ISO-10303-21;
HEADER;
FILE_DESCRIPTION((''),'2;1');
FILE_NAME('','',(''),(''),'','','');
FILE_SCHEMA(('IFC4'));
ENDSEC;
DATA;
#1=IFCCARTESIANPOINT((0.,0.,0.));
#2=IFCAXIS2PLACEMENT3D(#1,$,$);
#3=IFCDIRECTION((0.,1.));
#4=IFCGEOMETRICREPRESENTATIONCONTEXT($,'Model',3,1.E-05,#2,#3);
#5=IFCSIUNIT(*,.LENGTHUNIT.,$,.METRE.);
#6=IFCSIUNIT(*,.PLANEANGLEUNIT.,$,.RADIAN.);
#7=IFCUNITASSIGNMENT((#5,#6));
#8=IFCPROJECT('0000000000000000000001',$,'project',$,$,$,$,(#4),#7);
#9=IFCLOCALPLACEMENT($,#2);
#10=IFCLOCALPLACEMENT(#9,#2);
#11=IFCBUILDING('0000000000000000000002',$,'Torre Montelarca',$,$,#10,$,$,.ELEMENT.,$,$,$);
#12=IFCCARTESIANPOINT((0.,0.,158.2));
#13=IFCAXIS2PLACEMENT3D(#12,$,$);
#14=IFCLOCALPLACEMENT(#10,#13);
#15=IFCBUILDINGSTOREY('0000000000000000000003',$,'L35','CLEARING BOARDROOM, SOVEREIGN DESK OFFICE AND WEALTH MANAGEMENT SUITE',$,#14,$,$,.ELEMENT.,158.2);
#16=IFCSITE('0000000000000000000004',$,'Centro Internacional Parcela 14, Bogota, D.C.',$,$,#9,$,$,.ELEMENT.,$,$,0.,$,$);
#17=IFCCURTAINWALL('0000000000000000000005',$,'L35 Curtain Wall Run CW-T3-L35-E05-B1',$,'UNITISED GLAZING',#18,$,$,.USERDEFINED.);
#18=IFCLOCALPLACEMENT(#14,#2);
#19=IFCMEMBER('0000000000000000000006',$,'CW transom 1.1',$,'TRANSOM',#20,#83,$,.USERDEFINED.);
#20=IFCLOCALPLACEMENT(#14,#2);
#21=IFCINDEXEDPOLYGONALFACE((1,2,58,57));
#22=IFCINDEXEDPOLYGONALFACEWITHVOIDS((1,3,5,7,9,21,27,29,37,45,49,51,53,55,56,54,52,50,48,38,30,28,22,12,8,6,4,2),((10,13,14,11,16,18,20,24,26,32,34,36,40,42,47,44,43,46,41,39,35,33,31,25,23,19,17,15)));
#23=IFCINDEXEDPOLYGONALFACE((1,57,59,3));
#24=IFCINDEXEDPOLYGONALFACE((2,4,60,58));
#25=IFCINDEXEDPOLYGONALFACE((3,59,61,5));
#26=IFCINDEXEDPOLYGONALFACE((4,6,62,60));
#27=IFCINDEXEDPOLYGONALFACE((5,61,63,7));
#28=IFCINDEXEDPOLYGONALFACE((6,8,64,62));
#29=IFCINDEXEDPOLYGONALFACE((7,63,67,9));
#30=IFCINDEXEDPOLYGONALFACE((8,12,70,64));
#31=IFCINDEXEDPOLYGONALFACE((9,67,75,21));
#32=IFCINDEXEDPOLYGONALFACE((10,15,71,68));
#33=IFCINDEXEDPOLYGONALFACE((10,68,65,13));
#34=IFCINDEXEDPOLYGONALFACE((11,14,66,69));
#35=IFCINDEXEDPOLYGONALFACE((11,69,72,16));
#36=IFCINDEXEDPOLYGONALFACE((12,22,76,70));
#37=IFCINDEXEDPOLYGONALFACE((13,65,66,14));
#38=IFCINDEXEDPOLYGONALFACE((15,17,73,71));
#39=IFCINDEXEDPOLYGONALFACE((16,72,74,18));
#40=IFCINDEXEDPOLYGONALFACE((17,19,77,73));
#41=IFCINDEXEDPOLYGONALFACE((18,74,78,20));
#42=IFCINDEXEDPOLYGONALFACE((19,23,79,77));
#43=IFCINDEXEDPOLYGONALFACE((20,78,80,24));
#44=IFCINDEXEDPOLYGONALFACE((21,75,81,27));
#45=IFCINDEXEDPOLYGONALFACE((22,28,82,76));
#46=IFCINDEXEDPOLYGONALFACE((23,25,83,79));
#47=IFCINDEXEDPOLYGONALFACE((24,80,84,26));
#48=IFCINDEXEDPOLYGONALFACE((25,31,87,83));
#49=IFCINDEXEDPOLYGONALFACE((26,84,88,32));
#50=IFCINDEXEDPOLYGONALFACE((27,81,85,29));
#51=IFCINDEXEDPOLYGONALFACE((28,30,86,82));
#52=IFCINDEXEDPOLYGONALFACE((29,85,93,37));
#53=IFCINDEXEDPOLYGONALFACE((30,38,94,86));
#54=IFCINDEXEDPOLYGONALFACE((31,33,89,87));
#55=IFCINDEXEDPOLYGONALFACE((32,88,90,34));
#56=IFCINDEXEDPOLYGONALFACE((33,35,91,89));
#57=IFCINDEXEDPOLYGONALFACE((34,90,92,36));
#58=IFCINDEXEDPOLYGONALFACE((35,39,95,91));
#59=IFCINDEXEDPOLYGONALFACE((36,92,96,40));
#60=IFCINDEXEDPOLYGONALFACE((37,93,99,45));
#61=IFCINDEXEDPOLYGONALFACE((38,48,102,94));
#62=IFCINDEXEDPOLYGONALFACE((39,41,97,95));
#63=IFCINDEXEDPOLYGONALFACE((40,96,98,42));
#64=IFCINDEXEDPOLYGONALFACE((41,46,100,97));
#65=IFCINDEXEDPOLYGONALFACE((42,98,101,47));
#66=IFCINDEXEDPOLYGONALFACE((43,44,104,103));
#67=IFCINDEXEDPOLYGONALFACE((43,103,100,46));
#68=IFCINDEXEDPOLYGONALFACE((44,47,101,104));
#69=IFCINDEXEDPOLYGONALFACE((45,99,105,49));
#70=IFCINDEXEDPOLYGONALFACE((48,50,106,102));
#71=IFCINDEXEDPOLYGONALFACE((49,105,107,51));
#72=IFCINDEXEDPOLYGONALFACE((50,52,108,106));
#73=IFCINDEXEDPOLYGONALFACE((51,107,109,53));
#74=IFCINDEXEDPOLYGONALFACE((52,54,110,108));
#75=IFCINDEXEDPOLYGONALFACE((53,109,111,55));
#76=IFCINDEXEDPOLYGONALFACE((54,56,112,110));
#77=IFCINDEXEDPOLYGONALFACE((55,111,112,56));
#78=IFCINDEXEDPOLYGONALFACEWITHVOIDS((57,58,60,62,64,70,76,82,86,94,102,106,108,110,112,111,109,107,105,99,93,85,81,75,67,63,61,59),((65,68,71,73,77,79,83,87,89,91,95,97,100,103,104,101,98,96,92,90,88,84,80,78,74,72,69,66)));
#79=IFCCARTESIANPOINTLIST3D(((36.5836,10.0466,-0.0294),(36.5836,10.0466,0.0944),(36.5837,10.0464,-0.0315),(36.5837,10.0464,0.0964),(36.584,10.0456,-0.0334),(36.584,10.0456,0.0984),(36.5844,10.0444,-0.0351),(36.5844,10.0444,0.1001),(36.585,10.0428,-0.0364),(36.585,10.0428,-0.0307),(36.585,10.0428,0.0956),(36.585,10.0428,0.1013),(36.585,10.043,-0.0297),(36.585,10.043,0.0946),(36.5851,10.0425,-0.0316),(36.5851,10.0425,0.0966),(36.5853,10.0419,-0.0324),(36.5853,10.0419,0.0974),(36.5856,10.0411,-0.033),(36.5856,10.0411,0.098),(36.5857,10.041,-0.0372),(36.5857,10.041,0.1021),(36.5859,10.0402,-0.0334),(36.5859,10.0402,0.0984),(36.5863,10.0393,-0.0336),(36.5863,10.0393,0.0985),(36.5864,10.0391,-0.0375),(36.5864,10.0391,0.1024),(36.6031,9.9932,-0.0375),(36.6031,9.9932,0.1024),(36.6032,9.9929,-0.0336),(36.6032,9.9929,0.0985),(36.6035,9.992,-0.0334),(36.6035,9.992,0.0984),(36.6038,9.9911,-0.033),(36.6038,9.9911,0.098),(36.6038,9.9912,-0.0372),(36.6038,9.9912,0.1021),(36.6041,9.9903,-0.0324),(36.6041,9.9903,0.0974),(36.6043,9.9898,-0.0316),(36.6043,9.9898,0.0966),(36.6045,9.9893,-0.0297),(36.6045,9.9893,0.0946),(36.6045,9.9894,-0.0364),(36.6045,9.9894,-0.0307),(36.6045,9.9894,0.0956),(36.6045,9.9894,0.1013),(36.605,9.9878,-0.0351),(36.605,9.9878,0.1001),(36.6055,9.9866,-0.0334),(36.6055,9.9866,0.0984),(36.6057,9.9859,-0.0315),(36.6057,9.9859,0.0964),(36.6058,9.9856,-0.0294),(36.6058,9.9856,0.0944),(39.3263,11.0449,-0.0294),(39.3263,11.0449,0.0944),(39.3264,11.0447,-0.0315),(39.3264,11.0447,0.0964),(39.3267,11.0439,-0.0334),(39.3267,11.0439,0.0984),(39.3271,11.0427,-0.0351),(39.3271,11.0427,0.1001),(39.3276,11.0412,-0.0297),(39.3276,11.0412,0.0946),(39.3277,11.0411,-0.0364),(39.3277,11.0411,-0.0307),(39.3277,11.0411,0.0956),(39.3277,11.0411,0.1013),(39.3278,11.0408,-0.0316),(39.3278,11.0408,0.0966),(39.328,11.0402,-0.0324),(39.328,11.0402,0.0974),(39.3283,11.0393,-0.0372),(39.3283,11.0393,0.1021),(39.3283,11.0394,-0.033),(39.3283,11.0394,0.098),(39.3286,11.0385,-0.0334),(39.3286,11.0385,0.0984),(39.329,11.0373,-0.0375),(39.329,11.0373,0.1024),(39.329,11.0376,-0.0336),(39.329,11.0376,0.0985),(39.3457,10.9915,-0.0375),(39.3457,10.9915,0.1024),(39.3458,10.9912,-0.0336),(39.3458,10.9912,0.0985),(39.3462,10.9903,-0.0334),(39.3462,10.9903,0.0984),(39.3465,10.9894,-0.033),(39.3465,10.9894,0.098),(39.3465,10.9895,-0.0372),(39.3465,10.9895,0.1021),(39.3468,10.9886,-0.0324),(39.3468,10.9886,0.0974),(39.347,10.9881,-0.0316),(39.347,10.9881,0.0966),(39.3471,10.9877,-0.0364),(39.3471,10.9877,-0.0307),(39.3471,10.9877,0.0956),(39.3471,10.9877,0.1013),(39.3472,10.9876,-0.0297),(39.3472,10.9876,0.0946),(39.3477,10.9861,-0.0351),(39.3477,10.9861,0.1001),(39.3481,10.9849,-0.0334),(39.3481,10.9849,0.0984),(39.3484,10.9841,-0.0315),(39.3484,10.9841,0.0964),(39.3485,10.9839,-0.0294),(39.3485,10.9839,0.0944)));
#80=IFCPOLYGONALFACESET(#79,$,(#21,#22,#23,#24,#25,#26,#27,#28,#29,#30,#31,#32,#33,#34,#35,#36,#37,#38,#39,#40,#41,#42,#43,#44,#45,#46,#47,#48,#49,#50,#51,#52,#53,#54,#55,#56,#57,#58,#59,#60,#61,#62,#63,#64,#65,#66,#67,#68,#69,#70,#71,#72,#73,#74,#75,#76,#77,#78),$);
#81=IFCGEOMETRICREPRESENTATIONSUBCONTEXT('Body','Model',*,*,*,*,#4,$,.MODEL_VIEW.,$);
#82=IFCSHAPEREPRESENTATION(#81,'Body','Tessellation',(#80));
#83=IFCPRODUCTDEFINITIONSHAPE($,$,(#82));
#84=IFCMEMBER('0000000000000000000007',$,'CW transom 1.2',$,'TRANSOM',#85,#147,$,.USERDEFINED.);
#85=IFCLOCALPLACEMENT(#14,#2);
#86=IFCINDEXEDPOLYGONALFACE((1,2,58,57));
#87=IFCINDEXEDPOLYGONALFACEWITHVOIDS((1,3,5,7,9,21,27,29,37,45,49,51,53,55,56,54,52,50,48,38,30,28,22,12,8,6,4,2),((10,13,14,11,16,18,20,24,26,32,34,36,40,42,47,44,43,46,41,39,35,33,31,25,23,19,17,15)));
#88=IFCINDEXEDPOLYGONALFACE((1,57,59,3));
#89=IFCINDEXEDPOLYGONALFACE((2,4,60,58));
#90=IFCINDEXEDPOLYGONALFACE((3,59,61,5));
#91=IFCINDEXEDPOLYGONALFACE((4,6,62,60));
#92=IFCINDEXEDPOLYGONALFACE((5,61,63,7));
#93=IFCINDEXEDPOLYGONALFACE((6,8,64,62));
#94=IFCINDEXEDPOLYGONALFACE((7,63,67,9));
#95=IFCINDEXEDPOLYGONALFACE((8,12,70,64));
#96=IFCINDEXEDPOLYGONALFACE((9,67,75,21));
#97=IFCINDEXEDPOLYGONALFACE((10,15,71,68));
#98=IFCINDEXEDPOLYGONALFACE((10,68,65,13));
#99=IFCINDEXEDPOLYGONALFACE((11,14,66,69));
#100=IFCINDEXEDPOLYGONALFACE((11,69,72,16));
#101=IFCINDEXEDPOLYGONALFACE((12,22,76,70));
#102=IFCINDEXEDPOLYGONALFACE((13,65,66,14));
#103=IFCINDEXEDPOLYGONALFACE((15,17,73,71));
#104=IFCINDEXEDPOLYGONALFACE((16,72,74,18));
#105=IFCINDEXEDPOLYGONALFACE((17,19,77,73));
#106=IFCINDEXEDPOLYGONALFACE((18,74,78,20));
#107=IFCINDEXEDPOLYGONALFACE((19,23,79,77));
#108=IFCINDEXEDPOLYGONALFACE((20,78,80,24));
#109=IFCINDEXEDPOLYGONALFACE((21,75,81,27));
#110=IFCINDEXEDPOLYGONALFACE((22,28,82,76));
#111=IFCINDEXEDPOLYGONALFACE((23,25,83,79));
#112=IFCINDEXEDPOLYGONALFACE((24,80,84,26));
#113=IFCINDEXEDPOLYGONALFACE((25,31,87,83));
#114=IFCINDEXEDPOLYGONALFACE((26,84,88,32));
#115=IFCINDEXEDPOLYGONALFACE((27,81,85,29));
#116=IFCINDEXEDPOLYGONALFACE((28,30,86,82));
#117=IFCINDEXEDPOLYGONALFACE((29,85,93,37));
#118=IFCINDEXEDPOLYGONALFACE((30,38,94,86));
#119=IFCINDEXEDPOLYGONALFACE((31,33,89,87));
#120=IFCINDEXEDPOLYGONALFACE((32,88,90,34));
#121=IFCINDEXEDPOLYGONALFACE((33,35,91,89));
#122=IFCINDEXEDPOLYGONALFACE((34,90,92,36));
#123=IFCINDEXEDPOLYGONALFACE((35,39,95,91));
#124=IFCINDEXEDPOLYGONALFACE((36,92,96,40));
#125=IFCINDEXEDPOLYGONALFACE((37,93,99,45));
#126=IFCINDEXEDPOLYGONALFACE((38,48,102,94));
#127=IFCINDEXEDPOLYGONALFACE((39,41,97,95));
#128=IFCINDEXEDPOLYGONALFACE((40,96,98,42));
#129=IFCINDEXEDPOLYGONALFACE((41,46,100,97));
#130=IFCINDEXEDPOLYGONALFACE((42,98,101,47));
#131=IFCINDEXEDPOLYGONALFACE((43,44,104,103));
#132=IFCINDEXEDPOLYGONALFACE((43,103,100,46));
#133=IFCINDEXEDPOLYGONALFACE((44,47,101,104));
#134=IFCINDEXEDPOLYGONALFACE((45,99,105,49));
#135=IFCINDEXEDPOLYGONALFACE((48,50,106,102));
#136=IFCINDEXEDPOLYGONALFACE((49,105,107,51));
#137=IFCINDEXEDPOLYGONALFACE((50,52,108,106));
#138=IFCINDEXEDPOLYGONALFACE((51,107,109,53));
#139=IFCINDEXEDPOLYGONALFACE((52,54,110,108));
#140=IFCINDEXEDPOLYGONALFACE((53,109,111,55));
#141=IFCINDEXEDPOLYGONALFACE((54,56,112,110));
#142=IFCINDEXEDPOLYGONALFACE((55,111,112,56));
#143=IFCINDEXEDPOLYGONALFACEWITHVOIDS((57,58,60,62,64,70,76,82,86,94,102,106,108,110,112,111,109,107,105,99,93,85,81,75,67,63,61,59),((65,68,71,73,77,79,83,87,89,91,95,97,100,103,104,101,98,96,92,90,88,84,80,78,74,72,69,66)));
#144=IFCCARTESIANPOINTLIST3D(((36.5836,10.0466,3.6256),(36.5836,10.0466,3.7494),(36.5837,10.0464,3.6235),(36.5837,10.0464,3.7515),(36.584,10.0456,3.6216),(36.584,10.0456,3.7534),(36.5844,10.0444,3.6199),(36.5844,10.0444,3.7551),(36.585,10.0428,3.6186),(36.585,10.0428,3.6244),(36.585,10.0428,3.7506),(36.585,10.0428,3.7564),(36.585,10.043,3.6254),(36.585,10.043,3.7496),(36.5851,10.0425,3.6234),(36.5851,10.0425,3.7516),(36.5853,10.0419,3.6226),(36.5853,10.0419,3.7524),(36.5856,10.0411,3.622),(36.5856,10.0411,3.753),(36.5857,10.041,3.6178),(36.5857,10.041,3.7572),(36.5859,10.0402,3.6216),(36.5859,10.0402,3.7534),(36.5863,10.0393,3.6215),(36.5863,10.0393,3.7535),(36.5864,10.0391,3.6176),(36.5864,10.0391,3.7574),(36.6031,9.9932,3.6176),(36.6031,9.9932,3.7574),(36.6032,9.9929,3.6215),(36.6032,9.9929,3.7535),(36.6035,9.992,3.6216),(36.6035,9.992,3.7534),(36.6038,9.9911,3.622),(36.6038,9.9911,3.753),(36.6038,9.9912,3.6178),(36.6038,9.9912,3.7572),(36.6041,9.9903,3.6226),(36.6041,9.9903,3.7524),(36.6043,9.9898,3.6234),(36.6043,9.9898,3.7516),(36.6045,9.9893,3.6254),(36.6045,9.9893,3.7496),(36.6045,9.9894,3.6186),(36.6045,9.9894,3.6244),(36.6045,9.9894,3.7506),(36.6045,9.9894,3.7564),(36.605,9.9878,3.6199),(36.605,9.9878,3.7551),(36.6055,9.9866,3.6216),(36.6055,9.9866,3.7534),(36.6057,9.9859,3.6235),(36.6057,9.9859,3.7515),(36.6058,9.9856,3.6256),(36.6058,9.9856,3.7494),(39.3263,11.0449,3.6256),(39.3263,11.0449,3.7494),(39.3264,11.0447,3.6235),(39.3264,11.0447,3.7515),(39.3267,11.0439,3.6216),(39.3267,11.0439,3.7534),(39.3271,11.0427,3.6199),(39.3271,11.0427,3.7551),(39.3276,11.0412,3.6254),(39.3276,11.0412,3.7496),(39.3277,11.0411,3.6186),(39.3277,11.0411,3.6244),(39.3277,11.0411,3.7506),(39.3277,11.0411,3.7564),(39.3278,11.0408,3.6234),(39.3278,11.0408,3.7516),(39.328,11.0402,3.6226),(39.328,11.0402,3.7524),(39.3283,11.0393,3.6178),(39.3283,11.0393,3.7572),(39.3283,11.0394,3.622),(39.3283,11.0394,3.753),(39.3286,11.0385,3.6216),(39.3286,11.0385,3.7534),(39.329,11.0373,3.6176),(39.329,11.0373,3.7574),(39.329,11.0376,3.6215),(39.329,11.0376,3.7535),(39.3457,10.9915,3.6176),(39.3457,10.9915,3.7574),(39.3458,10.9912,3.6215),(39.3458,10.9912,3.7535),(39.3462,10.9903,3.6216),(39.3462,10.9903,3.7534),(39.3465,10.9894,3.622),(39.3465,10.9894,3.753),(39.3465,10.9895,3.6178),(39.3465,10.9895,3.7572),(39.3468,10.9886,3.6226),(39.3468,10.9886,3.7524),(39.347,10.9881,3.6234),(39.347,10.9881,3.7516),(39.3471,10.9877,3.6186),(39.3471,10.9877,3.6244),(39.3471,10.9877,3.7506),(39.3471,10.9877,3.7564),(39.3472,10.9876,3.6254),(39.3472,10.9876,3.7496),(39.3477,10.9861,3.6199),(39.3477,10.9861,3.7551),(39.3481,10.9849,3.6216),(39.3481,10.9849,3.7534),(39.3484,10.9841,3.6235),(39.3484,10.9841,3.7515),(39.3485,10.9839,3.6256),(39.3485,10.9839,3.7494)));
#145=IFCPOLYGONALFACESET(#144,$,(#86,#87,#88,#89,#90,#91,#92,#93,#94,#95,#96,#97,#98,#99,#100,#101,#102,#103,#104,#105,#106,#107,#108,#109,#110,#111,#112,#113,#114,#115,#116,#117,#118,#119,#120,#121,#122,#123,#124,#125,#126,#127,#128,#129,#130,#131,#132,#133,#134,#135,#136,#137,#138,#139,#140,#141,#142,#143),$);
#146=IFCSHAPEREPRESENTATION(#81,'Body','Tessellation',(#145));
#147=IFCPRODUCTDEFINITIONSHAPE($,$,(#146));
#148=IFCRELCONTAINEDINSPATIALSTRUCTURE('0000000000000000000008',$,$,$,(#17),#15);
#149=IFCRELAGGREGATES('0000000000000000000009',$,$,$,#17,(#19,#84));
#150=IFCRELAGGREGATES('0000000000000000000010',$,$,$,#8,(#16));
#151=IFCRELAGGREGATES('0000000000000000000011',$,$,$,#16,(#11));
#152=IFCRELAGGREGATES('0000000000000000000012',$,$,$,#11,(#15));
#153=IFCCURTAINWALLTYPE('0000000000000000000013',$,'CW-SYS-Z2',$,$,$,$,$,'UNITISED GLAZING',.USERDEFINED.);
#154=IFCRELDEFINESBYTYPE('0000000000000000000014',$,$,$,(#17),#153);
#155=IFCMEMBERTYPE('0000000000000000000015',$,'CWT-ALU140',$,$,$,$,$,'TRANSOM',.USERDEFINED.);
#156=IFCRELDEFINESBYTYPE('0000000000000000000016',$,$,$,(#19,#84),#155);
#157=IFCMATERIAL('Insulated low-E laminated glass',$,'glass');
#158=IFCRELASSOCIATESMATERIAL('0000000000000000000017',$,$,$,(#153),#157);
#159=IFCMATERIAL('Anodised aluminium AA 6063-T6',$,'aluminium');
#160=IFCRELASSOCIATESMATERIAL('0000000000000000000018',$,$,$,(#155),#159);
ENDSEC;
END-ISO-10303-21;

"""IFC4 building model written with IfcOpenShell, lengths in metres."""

from ifc_helpers import new_model, si_unit, direction, frame, origin, origin_2d, place, context, subcontext, project, spatial, hollow_rectangle, extrude, source, transform, mapped, material, material_profile, profile_set, type_object, element, aggregate, save


model = new_model("IFC4")

# Units and contexts
model_context = context("Model", 3, precision=1e-05, world=origin(), true_north=direction((0.0, 1.0)))
body_context = subcontext(model_context, "Body", "Model", "MODEL_VIEW")
ifc_project = project(units=[si_unit("LENGTHUNIT", "METRE"), si_unit("PLANEANGLEUNIT", "RADIAN")], contexts=[model_context])

# Site, building, storey
site_placement = place(None, origin())
site = spatial("IfcSite", under=ifc_project, at=site_placement, Name="Centro Internacional Parcela 14, Bogota, D.C.", CompositionType="ELEMENT", RefElevation=0.0)
building_placement = place(site_placement, origin())
building = spatial("IfcBuilding", under=site, at=building_placement, Name="Torre Montelarca", CompositionType="ELEMENT")
storey_placement = place(building_placement, frame((0.0, 0.0, 158.2)))
storey = spatial("IfcBuildingStorey", under=building, at=storey_placement, Name="L35", Description="CLEARING BOARDROOM, SOVEREIGN DESK OFFICE AND WEALTH MANAGEMENT SUITE", CompositionType="ELEMENT", Elevation=158.2)

# Curtain wall, members
ifc_material_1 = material(Name="Insulated low-E laminated glass", Category="glass")
curtain_wall_type = type_object("IfcCurtainWallType", Name="CW-SYS-Z2", ElementType="UNITISED GLAZING", PredefinedType="USERDEFINED", material=ifc_material_1)
curtain_wall_1_placement = place(storey_placement, origin())
curtain_wall_1 = element("IfcCurtainWall", 1, at=curtain_wall_1_placement, inside=storey, type_object=curtain_wall_type, Name="L35 Curtain Wall Run CW-T3-L35-E05-B1", ObjectType="UNITISED GLAZING", PredefinedType="USERDEFINED")
ifc_material_2 = material(Name="Anodised aluminium AA 6063-T6", Category="aluminium")
ifc_material_profile_1 = material_profile(ifc_material_2, hollow_rectangle(XDim=0.0649, YDim=0.1399, WallThickness=0.0039, InnerFilletRadius=0.0039, OuterFilletRadius=0.0081, at=origin_2d()), Name="ALU65X140X4", Category="aluminium")
ifc_profile_set_1 = profile_set([ifc_material_profile_1], Name="Anodised aluminium AA 6063-T6")
member_type_1 = type_object("IfcMemberType", Name="CWT-ALU140", ElementType="TRANSOM", PredefinedType="USERDEFINED", material=ifc_profile_set_1)
shared_shape_1 = source(origin(), body_context, "Body", "SweptSolid", [
    extrude(hollow_rectangle(XDim=0.0649, YDim=0.1399, WallThickness=0.0039, InnerFilletRadius=0.0039, OuterFilletRadius=0.0081, at=origin_2d()), origin(), (0.0, 0.0, 1.0), 2.9187),
])
member_1_placement = place(storey_placement, frame((36.5947, 10.0161, 0.0325), z_axis=(0.939688, 0.342032, 0.0), x_axis=(-0.342032, 0.939688, 0.0)))
member_1 = element("IfcMember", 2, at=member_1_placement, type_object=member_type_1, Name="CW transom 1.1", ObjectType="TRANSOM", PredefinedType="USERDEFINED", context=body_context, shape_type="MappedRepresentation", body=[
    mapped(shared_shape_1, transform((0.0, 0.0, 0.0), scale=1.0)),
])
member_2_placement = place(storey_placement, frame((36.5947, 10.0161, 3.6875), z_axis=(0.939688, 0.342032, 0.0), x_axis=(-0.342032, 0.939688, 0.0)))
member_2 = element("IfcMember", 3, at=member_2_placement, type_object=member_type_1, Name="CW transom 1.2", ObjectType="TRANSOM", PredefinedType="USERDEFINED", context=body_context, shape_type="MappedRepresentation", body=[
    mapped(shared_shape_1, transform((0.0, 0.0, 0.0), scale=1.0)),
])

aggregate(curtain_wall_1, [member_1, member_2])

save(model, "model.ifc")
